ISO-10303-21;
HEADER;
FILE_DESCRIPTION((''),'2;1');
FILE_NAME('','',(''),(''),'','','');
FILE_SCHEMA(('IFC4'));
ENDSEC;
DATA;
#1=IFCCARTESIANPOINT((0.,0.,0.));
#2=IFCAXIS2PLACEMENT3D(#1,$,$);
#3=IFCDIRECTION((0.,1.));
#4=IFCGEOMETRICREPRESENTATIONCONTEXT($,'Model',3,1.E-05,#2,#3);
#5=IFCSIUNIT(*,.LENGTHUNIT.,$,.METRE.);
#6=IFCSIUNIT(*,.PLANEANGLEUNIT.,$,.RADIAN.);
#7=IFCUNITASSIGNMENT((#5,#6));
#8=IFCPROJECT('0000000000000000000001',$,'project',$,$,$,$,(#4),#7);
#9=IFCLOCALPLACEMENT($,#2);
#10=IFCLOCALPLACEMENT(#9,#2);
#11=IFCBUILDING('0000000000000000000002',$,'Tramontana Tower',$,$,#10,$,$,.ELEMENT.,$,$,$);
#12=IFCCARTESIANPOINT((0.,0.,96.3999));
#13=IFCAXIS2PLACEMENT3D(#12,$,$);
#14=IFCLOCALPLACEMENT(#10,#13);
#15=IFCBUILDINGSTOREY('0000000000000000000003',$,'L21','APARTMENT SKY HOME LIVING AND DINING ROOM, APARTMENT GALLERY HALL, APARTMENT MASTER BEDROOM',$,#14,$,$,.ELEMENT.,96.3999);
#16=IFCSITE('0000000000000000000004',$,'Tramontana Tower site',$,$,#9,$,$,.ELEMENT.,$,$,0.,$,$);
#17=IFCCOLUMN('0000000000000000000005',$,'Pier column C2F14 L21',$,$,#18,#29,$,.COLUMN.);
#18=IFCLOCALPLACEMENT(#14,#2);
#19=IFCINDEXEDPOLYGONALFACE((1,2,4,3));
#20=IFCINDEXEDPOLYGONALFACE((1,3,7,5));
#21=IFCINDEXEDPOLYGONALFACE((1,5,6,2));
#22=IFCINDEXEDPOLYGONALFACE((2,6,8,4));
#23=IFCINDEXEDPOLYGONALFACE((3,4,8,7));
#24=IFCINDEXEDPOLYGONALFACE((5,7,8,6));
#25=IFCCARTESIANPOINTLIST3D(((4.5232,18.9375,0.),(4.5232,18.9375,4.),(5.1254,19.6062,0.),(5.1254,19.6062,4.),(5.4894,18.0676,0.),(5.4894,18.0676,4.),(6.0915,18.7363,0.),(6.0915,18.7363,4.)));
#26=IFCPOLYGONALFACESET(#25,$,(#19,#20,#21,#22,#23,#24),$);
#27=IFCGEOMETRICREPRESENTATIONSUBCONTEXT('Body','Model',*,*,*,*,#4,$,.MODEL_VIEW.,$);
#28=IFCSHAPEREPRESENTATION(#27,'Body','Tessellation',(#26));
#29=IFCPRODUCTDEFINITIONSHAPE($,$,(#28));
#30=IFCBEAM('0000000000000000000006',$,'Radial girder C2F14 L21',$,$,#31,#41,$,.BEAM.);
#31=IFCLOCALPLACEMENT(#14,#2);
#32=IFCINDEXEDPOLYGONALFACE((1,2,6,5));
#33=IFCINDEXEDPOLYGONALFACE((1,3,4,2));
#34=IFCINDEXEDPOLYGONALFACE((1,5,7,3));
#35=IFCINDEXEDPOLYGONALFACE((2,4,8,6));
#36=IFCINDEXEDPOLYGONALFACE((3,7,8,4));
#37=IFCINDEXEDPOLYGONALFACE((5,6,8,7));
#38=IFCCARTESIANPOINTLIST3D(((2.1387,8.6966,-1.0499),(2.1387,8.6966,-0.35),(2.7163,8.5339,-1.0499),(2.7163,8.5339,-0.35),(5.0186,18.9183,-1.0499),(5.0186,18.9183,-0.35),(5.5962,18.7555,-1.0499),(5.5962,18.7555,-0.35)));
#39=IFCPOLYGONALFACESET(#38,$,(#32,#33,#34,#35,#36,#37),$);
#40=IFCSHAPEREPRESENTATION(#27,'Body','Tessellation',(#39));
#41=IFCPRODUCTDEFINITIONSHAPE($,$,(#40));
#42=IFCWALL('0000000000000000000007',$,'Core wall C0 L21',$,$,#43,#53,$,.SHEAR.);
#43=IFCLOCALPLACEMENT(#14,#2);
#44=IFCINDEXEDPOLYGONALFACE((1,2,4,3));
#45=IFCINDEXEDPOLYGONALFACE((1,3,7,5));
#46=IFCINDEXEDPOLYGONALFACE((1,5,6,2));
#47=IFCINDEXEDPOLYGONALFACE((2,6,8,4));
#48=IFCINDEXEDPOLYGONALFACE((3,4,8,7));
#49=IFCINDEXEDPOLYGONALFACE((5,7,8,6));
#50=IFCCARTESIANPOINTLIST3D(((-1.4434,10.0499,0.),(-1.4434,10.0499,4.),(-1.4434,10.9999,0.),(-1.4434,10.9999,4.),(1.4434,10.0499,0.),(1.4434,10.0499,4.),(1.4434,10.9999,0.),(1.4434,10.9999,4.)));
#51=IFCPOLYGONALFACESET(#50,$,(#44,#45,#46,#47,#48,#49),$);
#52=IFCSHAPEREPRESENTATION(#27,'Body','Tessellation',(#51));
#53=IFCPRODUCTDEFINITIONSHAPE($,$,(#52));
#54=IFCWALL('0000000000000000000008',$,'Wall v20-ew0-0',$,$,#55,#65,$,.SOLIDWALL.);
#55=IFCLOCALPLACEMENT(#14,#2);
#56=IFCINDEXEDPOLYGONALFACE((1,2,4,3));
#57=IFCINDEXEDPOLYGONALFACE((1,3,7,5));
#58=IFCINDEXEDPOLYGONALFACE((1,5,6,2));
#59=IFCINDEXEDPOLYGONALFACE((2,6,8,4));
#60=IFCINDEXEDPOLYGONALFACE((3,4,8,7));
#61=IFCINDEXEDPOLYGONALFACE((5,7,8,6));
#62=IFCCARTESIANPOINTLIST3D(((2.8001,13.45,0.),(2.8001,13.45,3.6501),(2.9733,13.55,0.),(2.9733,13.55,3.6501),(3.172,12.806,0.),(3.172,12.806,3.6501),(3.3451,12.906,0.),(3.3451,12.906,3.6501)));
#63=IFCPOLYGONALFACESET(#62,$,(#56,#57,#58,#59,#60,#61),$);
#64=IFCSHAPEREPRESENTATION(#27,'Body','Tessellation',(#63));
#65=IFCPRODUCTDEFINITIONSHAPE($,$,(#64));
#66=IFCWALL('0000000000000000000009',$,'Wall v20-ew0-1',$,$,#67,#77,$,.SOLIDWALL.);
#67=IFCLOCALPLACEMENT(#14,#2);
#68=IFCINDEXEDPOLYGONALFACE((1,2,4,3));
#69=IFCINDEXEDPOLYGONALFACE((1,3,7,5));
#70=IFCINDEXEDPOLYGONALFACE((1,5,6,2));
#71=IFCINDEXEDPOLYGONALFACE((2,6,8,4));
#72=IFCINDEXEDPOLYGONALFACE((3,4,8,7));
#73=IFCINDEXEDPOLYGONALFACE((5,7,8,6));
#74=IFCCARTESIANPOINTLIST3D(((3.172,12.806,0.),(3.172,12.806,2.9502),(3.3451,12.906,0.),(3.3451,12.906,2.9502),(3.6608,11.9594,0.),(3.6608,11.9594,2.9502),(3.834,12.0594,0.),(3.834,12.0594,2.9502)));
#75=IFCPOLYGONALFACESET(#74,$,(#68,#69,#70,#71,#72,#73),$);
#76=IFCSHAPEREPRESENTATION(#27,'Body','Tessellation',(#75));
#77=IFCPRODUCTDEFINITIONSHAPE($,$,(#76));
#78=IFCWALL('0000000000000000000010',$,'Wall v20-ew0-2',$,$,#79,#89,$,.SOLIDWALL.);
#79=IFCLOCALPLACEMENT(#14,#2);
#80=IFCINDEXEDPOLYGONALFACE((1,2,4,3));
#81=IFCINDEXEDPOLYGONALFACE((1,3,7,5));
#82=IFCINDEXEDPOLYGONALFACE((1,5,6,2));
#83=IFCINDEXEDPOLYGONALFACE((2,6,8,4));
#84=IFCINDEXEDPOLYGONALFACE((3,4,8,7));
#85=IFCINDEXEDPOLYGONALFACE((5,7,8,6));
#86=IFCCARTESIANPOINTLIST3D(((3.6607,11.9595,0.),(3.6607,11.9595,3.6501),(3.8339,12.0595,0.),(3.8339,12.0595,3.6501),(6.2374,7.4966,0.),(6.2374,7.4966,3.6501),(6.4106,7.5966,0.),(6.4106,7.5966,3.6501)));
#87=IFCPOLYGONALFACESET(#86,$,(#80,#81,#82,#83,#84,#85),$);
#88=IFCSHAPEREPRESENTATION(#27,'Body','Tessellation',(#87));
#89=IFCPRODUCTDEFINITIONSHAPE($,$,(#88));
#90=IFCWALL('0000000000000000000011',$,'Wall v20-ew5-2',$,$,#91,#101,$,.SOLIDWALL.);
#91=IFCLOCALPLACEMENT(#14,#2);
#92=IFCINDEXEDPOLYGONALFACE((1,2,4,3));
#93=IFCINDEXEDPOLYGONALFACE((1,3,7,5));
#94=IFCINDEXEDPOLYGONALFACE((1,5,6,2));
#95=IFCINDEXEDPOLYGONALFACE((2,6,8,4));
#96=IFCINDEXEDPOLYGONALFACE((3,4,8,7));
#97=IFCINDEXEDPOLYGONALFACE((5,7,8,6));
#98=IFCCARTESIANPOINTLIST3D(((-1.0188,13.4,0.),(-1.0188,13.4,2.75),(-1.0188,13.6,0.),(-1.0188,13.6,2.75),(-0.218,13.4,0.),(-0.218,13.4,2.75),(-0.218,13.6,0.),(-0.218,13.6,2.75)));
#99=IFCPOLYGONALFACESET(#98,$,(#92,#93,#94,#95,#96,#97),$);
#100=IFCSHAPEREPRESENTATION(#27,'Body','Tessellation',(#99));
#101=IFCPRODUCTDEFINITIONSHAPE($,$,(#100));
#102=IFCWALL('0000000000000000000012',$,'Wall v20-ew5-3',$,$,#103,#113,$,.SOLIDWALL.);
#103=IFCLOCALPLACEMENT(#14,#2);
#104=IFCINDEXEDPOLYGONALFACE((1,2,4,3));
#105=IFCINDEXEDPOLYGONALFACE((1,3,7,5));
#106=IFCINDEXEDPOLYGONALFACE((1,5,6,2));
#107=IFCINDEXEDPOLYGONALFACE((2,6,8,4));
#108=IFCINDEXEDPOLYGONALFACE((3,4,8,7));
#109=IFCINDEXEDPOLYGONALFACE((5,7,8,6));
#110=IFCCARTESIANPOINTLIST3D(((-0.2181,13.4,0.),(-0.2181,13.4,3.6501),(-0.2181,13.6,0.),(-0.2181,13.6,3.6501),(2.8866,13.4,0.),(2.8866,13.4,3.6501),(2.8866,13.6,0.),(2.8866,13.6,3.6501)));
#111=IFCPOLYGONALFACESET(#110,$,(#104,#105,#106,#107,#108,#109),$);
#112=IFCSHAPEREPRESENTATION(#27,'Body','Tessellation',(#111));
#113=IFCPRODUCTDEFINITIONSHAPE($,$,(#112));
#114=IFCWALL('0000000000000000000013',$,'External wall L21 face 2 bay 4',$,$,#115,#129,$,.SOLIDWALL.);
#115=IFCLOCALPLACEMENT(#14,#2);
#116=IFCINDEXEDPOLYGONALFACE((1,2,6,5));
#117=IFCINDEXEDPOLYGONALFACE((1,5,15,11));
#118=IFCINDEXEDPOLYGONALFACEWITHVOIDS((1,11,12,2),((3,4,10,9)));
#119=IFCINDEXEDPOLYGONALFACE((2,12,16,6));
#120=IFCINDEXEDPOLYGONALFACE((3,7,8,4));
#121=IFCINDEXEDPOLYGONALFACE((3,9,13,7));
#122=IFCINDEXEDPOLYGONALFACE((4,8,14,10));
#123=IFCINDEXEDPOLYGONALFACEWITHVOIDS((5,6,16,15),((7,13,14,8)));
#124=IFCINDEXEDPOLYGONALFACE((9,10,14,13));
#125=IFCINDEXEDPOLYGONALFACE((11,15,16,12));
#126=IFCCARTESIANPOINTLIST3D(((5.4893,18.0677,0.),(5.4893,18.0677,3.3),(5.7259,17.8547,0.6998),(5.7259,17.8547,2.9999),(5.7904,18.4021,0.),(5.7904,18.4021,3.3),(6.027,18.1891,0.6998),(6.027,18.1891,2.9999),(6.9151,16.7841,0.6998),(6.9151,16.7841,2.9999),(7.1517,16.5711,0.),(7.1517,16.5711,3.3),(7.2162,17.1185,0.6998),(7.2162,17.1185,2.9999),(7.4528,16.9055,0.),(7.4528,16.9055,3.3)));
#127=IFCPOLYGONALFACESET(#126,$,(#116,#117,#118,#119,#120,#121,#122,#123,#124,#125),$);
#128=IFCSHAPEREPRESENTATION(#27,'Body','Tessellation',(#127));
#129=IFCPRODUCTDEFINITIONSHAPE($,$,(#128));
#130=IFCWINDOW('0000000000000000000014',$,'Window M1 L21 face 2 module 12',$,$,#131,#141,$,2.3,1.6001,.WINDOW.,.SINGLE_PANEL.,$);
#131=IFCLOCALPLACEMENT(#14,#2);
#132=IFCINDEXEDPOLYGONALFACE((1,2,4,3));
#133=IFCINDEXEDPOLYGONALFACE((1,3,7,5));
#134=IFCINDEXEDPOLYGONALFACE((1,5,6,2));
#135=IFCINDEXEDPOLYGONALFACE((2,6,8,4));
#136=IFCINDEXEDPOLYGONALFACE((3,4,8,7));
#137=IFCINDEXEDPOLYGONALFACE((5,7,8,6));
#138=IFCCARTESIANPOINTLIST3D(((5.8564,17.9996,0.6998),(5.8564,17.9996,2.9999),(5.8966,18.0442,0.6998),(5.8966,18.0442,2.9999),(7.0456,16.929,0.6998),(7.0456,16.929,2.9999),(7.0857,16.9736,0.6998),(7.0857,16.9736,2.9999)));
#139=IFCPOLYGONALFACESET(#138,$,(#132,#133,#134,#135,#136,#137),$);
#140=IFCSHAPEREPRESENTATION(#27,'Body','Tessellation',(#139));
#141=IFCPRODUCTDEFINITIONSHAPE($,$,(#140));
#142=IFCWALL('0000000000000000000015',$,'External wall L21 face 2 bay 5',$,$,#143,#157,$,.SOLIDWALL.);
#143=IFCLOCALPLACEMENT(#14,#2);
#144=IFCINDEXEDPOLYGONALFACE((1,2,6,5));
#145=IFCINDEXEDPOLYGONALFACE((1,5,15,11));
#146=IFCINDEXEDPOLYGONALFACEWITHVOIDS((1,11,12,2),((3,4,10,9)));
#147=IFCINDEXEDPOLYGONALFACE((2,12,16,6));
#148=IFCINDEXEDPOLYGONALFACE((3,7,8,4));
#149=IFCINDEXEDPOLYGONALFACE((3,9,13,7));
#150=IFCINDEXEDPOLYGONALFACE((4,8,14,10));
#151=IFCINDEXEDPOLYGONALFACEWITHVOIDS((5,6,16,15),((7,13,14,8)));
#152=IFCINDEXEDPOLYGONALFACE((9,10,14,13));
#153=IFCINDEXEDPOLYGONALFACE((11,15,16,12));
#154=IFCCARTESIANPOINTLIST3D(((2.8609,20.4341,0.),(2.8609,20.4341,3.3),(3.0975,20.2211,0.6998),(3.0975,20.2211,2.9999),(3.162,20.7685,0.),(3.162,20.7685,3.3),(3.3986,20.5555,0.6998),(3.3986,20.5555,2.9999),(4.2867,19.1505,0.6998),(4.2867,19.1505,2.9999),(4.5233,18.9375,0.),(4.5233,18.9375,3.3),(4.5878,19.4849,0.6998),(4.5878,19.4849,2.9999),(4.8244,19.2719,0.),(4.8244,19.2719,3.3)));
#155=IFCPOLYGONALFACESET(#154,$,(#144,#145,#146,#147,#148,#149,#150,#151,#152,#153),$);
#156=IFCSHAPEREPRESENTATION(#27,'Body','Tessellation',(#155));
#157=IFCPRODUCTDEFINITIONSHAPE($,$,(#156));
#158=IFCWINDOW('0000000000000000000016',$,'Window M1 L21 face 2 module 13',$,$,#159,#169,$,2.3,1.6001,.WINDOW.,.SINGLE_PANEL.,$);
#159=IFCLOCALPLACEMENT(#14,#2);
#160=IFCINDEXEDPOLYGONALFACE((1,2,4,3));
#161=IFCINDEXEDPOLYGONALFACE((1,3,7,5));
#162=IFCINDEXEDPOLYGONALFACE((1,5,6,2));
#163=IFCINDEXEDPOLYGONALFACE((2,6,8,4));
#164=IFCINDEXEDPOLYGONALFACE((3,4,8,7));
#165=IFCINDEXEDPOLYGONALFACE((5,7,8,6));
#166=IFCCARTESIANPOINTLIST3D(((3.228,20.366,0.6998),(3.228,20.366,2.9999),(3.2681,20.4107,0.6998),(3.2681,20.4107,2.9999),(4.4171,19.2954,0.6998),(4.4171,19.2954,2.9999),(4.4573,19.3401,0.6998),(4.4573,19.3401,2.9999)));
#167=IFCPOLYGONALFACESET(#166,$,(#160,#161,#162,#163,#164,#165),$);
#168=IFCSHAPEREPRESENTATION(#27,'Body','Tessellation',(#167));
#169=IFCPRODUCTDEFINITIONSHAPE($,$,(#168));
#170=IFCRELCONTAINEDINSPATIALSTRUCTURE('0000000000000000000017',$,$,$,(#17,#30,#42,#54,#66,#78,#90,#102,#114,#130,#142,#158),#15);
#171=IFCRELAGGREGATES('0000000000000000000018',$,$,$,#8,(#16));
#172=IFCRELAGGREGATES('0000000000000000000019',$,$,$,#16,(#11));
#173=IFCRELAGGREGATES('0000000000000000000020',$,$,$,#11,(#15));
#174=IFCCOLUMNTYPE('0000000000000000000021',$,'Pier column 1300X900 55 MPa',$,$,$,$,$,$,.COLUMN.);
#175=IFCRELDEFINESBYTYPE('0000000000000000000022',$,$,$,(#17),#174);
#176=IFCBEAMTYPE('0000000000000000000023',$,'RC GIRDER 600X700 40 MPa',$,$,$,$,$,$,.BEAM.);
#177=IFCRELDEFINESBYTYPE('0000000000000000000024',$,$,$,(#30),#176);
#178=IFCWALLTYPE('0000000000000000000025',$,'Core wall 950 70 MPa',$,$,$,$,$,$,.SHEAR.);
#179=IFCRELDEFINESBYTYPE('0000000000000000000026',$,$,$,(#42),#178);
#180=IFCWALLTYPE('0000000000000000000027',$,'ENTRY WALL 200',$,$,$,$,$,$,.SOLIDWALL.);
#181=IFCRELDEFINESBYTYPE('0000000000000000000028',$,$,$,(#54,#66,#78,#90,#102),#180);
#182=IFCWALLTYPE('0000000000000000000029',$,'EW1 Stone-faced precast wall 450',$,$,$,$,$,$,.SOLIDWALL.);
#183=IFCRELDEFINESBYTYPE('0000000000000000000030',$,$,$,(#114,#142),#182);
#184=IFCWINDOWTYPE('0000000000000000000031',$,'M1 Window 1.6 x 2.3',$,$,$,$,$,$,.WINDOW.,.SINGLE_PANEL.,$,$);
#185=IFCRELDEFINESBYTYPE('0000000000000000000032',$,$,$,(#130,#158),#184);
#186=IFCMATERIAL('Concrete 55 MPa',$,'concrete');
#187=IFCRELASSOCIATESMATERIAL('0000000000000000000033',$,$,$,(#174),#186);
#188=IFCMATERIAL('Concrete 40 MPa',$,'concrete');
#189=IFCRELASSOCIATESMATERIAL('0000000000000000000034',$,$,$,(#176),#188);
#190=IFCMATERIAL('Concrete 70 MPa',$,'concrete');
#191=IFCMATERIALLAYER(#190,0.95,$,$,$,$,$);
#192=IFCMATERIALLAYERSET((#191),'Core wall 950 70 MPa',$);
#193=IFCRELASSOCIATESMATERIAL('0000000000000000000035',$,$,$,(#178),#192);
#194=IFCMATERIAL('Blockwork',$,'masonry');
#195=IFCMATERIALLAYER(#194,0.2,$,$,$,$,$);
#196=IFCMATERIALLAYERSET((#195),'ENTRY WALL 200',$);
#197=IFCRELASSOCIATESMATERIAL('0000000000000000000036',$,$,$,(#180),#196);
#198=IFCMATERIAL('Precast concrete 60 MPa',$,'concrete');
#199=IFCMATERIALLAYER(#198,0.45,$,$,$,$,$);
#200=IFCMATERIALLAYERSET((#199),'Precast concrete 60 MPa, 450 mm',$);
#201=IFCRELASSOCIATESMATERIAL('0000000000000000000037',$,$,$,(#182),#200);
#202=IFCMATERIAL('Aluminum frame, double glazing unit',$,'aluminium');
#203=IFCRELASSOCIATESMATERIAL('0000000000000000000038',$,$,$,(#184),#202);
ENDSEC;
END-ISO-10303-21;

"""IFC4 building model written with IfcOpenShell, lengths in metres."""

from ifc_helpers import new_model, si_unit, direction, frame, frame_2d, origin, origin_2d, place, context, subcontext, project, spatial, rectangle, extrude, material, layer, layer_set, material_profile, profile_set, type_object, element, fill, save


model = new_model("IFC4")

# Units and contexts
model_context = context("Model", 3, precision=1e-05, world=origin(), true_north=direction((0.0, 1.0)))
body_context = subcontext(model_context, "Body", "Model", "MODEL_VIEW")
ifc_project = project(units=[si_unit("LENGTHUNIT", "METRE"), si_unit("PLANEANGLEUNIT", "RADIAN")], contexts=[model_context])

# Site, building, storey
site_placement = place(None, origin())
site = spatial("IfcSite", under=ifc_project, at=site_placement, Name="Tramontana Tower site", CompositionType="ELEMENT", RefElevation=0.0)
building_placement = place(site_placement, origin())
building = spatial("IfcBuilding", under=site, at=building_placement, Name="Tramontana Tower", CompositionType="ELEMENT")
storey_placement = place(building_placement, frame((0.0, 0.0, 96.3999)))
storey = spatial("IfcBuildingStorey", under=building, at=storey_placement, Name="L21", Description="APARTMENT SKY HOME LIVING AND DINING ROOM, APARTMENT GALLERY HALL, APARTMENT MASTER BEDROOM", CompositionType="ELEMENT", Elevation=96.3999)

# Column
ifc_material_1 = material(Name="Concrete 55 MPa", Category="concrete")
ifc_material_profile_1 = material_profile(ifc_material_1, rectangle(XDim=1.3, YDim=0.8999, at=origin_2d()), Name="Pier column 1300X900 55 MPa")
ifc_profile_set_1 = profile_set([ifc_material_profile_1], Name="Concrete 55 MPa")
column_type = type_object("IfcColumnType", Name="Pier column 1300X900 55 MPa", PredefinedType="COLUMN", material=ifc_profile_set_1)
column_placement = place(storey_placement, frame((5.3074, 18.8369, 0.0), z_axis=(0.0, 0.0, 1.0), x_axis=(-0.743145, 0.669131, 0.0)))
element("IfcColumn", 1, at=column_placement, inside=storey, type_object=column_type, Name="Pier column C2F14 L21", PredefinedType="COLUMN", context=body_context, shape_type="SweptSolid", body=[
    extrude(rectangle(XDim=1.3, YDim=0.8999, at=origin_2d()), origin(), (0.0, 0.0, 1.0), 4.0),
])

# Beam
ifc_material_2 = material(Name="Concrete 40 MPa", Category="concrete")
ifc_material_profile_2 = material_profile(ifc_material_2, rectangle(XDim=0.6001, YDim=0.7, at=origin_2d()), Name="RC GIRDER 600X700 40 MPa")
ifc_profile_set_2 = profile_set([ifc_material_profile_2], Name="Concrete 40 MPa")
beam_type = type_object("IfcBeamType", Name="RC GIRDER 600X700 40 MPa", PredefinedType="BEAM", material=ifc_profile_set_2)
beam_placement = place(storey_placement, frame((5.3074, 18.8369, -0.7), z_axis=(-0.271185, -0.962527, 0.0), x_axis=(0.962527, -0.271185, 0.0)))
element("IfcBeam", 2, at=beam_placement, inside=storey, type_object=beam_type, Name="Radial girder C2F14 L21", PredefinedType="BEAM", context=body_context, shape_type="SweptSolid", body=[
    extrude(rectangle(XDim=0.6001, YDim=0.7, at=origin_2d()), origin(), (0.0, 0.0, 1.0), 10.6196),
])

# Walls
ifc_material_3 = material(Name="Concrete 70 MPa", Category="concrete")
ifc_layer_1 = layer(ifc_material_3, 0.95)
ifc_layer_set_1 = layer_set([ifc_layer_1], Name="Core wall 950 70 MPa")
wall_type_1 = type_object("IfcWallType", Name="Core wall 950 70 MPa", PredefinedType="SHEAR", material=ifc_layer_set_1)
wall_1_placement = place(storey_placement, frame((1.4434, 10.5249, 0.0), z_axis=(0.0, 0.0, 1.0), x_axis=(-1.0, 0.0, 0.0)))
element("IfcWall", 3, at=wall_1_placement, inside=storey, type_object=wall_type_1, Name="Core wall C0 L21", PredefinedType="SHEAR", context=body_context, shape_type="SweptSolid", body=[
    extrude(rectangle(XDim=2.8867, YDim=0.95, at=frame_2d((1.4434, 0.0))), origin(), (0.0, 0.0, 1.0), 4.0),
])
ifc_material_4 = material(Name="Blockwork", Category="masonry")
ifc_layer_2 = layer(ifc_material_4, 0.2)
ifc_layer_set_2 = layer_set([ifc_layer_2], Name="ENTRY WALL 200")
wall_type_2 = type_object("IfcWallType", Name="ENTRY WALL 200", PredefinedType="SOLIDWALL", material=ifc_layer_set_2)
wall_2_placement = place(storey_placement, frame((2.8867, 13.5, 0.0), z_axis=(0.0, 0.0, 1.0), x_axis=(0.499988, -0.866033, 0.0)))
element("IfcWall", 4, at=wall_2_placement, inside=storey, type_object=wall_type_2, Name="Wall v20-ew0-0", PredefinedType="SOLIDWALL", context=body_context, shape_type="SweptSolid", body=[
    extrude(rectangle(XDim=0.7437, YDim=0.2, at=frame_2d((0.3718, 0.0))), origin(), (0.0, 0.0, 1.0), 3.6501),
])
wall_3_placement = place(storey_placement, frame((3.2585, 12.856, 0.0), z_axis=(0.0, 0.0, 1.0), x_axis=(0.500061, -0.86599, 0.0)))
element("IfcWall", 5, at=wall_3_placement, inside=storey, type_object=wall_type_2, Name="Wall v20-ew0-1", PredefinedType="SOLIDWALL", context=body_context, shape_type="SweptSolid", body=[
    extrude(rectangle(XDim=0.9775, YDim=0.2, at=frame_2d((0.4888, 0.0))), origin(), (0.0, 0.0, 1.0), 2.9502),
])
wall_4_placement = place(storey_placement, frame((3.7473, 12.0095, 0.0), z_axis=(0.0, 0.0, 1.0), x_axis=(0.500001, -0.866025, 0.0)))
element("IfcWall", 6, at=wall_4_placement, inside=storey, type_object=wall_type_2, Name="Wall v20-ew0-2", PredefinedType="SOLIDWALL", context=body_context, shape_type="SweptSolid", body=[
    extrude(rectangle(XDim=5.1533, YDim=0.2, at=frame_2d((2.5767, 0.0))), origin(), (0.0, 0.0, 1.0), 3.6501),
])
wall_5_placement = place(storey_placement, frame((-1.0188, 13.5, 0.0), z_axis=(0.0, 0.0, 1.0), x_axis=(1.0, 0.0, 0.0)))
element("IfcWall", 7, at=wall_5_placement, inside=storey, type_object=wall_type_2, Name="Wall v20-ew5-2", PredefinedType="SOLIDWALL", context=body_context, shape_type="SweptSolid", body=[
    extrude(rectangle(XDim=0.8008, YDim=0.2, at=frame_2d((0.4004, 0.0))), origin(), (0.0, 0.0, 1.0), 2.75),
])
wall_6_placement = place(storey_placement, frame((-0.218, 13.5, 0.0), z_axis=(0.0, 0.0, 1.0), x_axis=(1.0, 0.0, 0.0)))
element("IfcWall", 8, at=wall_6_placement, inside=storey, type_object=wall_type_2, Name="Wall v20-ew5-3", PredefinedType="SOLIDWALL", context=body_context, shape_type="SweptSolid", body=[
    extrude(rectangle(XDim=3.1047, YDim=0.2, at=frame_2d((1.5522, 0.0))), origin(), (0.0, 0.0, 1.0), 3.6501),
])

# Walls, openings, windows
ifc_material_5 = material(Name="Precast concrete 60 MPa", Category="concrete")
ifc_layer_3 = layer(ifc_material_5, 0.45)
ifc_layer_set_3 = layer_set([ifc_layer_3], Name="Precast concrete 60 MPa, 450 mm")
wall_type_3 = type_object("IfcWallType", Name="EW1 Stone-faced precast wall 450", PredefinedType="SOLIDWALL", material=ifc_layer_set_3)
wall_7_placement = place(storey_placement, frame((7.3022, 16.7383, 0.0), z_axis=(0.0, 0.0, 1.0), x_axis=(-0.743191, 0.669079, 0.0)))
wall_7 = element("IfcWall", 9, at=wall_7_placement, inside=storey, type_object=wall_type_3, Name="External wall L21 face 2 bay 4", PredefinedType="SOLIDWALL", context=body_context, shape_type="SweptSolid", body=[
    extrude(rectangle(XDim=2.2368, YDim=0.45, at=frame_2d((1.1184, 0.0))), origin(), (0.0, 0.0, 1.0), 3.3),
])
opening_1_placement = place(wall_7_placement, frame((0.3184, 0.0, 0.7)))
opening_1 = element("IfcOpeningElement", 10, at=opening_1_placement, cuts=wall_7, PredefinedType="OPENING", context=body_context, shape_type="SweptSolid", body=[
    extrude(rectangle(XDim=1.6001, YDim=2.3, at=frame_2d((0.8, 1.1499))), frame((0.0, 0.2349, 0.0), z_axis=(0.0, -1.0, 0.0), x_axis=(1.0, 0.0, 0.0)), (0.0, 0.0, 1.0), 0.47),
])
ifc_material_6 = material(Name="Aluminum frame, double glazing unit", Category="aluminium")
window_type = type_object("IfcWindowType", Name="M1 Window 1.6 x 2.3", PartitioningType="SINGLE_PANEL", PredefinedType="WINDOW", material=ifc_material_6)
window_1_placement = place(opening_1_placement, origin())
window_1 = element("IfcWindow", 11, at=window_1_placement, inside=storey, type_object=window_type, Name="Window M1 L21 face 2 module 12", OverallHeight=2.3, OverallWidth=1.6001, PartitioningType="SINGLE_PANEL", PredefinedType="WINDOW", context=body_context, shape_type="SweptSolid", body=[
    extrude(rectangle(XDim=1.6001, YDim=2.3, at=frame_2d((0.8, 1.1499))), frame((0.0, 0.03, 0.0), z_axis=(0.0, -1.0, 0.0), x_axis=(1.0, 0.0, 0.0)), (0.0, 0.0, 1.0), 0.0601),
])
fill(opening_1, window_1)
wall_8_placement = place(storey_placement, frame((4.6738, 19.1047, 0.0), z_axis=(0.0, 0.0, 1.0), x_axis=(-0.743191, 0.669079, 0.0)))
wall_8 = element("IfcWall", 12, at=wall_8_placement, inside=storey, type_object=wall_type_3, Name="External wall L21 face 2 bay 5", PredefinedType="SOLIDWALL", context=body_context, shape_type="SweptSolid", body=[
    extrude(rectangle(XDim=2.2368, YDim=0.45, at=frame_2d((1.1184, 0.0))), origin(), (0.0, 0.0, 1.0), 3.3),
])
opening_2_placement = place(wall_8_placement, frame((0.3184, 0.0, 0.7)))
opening_2 = element("IfcOpeningElement", 13, at=opening_2_placement, cuts=wall_8, PredefinedType="OPENING", context=body_context, shape_type="SweptSolid", body=[
    extrude(rectangle(XDim=1.6001, YDim=2.3, at=frame_2d((0.8, 1.1499))), frame((0.0, 0.2349, 0.0), z_axis=(0.0, -1.0, 0.0), x_axis=(1.0, 0.0, 0.0)), (0.0, 0.0, 1.0), 0.47),
])
window_2_placement = place(opening_2_placement, origin())
window_2 = element("IfcWindow", 14, at=window_2_placement, inside=storey, type_object=window_type, Name="Window M1 L21 face 2 module 13", OverallHeight=2.3, OverallWidth=1.6001, PartitioningType="SINGLE_PANEL", PredefinedType="WINDOW", context=body_context, shape_type="SweptSolid", body=[
    extrude(rectangle(XDim=1.6001, YDim=2.3, at=frame_2d((0.8, 1.1499))), frame((0.0, 0.03, 0.0), z_axis=(0.0, -1.0, 0.0), x_axis=(1.0, 0.0, 0.0)), (0.0, 0.0, 1.0), 0.0601),
])
fill(opening_2, window_2)

save(model, "model.ifc")
